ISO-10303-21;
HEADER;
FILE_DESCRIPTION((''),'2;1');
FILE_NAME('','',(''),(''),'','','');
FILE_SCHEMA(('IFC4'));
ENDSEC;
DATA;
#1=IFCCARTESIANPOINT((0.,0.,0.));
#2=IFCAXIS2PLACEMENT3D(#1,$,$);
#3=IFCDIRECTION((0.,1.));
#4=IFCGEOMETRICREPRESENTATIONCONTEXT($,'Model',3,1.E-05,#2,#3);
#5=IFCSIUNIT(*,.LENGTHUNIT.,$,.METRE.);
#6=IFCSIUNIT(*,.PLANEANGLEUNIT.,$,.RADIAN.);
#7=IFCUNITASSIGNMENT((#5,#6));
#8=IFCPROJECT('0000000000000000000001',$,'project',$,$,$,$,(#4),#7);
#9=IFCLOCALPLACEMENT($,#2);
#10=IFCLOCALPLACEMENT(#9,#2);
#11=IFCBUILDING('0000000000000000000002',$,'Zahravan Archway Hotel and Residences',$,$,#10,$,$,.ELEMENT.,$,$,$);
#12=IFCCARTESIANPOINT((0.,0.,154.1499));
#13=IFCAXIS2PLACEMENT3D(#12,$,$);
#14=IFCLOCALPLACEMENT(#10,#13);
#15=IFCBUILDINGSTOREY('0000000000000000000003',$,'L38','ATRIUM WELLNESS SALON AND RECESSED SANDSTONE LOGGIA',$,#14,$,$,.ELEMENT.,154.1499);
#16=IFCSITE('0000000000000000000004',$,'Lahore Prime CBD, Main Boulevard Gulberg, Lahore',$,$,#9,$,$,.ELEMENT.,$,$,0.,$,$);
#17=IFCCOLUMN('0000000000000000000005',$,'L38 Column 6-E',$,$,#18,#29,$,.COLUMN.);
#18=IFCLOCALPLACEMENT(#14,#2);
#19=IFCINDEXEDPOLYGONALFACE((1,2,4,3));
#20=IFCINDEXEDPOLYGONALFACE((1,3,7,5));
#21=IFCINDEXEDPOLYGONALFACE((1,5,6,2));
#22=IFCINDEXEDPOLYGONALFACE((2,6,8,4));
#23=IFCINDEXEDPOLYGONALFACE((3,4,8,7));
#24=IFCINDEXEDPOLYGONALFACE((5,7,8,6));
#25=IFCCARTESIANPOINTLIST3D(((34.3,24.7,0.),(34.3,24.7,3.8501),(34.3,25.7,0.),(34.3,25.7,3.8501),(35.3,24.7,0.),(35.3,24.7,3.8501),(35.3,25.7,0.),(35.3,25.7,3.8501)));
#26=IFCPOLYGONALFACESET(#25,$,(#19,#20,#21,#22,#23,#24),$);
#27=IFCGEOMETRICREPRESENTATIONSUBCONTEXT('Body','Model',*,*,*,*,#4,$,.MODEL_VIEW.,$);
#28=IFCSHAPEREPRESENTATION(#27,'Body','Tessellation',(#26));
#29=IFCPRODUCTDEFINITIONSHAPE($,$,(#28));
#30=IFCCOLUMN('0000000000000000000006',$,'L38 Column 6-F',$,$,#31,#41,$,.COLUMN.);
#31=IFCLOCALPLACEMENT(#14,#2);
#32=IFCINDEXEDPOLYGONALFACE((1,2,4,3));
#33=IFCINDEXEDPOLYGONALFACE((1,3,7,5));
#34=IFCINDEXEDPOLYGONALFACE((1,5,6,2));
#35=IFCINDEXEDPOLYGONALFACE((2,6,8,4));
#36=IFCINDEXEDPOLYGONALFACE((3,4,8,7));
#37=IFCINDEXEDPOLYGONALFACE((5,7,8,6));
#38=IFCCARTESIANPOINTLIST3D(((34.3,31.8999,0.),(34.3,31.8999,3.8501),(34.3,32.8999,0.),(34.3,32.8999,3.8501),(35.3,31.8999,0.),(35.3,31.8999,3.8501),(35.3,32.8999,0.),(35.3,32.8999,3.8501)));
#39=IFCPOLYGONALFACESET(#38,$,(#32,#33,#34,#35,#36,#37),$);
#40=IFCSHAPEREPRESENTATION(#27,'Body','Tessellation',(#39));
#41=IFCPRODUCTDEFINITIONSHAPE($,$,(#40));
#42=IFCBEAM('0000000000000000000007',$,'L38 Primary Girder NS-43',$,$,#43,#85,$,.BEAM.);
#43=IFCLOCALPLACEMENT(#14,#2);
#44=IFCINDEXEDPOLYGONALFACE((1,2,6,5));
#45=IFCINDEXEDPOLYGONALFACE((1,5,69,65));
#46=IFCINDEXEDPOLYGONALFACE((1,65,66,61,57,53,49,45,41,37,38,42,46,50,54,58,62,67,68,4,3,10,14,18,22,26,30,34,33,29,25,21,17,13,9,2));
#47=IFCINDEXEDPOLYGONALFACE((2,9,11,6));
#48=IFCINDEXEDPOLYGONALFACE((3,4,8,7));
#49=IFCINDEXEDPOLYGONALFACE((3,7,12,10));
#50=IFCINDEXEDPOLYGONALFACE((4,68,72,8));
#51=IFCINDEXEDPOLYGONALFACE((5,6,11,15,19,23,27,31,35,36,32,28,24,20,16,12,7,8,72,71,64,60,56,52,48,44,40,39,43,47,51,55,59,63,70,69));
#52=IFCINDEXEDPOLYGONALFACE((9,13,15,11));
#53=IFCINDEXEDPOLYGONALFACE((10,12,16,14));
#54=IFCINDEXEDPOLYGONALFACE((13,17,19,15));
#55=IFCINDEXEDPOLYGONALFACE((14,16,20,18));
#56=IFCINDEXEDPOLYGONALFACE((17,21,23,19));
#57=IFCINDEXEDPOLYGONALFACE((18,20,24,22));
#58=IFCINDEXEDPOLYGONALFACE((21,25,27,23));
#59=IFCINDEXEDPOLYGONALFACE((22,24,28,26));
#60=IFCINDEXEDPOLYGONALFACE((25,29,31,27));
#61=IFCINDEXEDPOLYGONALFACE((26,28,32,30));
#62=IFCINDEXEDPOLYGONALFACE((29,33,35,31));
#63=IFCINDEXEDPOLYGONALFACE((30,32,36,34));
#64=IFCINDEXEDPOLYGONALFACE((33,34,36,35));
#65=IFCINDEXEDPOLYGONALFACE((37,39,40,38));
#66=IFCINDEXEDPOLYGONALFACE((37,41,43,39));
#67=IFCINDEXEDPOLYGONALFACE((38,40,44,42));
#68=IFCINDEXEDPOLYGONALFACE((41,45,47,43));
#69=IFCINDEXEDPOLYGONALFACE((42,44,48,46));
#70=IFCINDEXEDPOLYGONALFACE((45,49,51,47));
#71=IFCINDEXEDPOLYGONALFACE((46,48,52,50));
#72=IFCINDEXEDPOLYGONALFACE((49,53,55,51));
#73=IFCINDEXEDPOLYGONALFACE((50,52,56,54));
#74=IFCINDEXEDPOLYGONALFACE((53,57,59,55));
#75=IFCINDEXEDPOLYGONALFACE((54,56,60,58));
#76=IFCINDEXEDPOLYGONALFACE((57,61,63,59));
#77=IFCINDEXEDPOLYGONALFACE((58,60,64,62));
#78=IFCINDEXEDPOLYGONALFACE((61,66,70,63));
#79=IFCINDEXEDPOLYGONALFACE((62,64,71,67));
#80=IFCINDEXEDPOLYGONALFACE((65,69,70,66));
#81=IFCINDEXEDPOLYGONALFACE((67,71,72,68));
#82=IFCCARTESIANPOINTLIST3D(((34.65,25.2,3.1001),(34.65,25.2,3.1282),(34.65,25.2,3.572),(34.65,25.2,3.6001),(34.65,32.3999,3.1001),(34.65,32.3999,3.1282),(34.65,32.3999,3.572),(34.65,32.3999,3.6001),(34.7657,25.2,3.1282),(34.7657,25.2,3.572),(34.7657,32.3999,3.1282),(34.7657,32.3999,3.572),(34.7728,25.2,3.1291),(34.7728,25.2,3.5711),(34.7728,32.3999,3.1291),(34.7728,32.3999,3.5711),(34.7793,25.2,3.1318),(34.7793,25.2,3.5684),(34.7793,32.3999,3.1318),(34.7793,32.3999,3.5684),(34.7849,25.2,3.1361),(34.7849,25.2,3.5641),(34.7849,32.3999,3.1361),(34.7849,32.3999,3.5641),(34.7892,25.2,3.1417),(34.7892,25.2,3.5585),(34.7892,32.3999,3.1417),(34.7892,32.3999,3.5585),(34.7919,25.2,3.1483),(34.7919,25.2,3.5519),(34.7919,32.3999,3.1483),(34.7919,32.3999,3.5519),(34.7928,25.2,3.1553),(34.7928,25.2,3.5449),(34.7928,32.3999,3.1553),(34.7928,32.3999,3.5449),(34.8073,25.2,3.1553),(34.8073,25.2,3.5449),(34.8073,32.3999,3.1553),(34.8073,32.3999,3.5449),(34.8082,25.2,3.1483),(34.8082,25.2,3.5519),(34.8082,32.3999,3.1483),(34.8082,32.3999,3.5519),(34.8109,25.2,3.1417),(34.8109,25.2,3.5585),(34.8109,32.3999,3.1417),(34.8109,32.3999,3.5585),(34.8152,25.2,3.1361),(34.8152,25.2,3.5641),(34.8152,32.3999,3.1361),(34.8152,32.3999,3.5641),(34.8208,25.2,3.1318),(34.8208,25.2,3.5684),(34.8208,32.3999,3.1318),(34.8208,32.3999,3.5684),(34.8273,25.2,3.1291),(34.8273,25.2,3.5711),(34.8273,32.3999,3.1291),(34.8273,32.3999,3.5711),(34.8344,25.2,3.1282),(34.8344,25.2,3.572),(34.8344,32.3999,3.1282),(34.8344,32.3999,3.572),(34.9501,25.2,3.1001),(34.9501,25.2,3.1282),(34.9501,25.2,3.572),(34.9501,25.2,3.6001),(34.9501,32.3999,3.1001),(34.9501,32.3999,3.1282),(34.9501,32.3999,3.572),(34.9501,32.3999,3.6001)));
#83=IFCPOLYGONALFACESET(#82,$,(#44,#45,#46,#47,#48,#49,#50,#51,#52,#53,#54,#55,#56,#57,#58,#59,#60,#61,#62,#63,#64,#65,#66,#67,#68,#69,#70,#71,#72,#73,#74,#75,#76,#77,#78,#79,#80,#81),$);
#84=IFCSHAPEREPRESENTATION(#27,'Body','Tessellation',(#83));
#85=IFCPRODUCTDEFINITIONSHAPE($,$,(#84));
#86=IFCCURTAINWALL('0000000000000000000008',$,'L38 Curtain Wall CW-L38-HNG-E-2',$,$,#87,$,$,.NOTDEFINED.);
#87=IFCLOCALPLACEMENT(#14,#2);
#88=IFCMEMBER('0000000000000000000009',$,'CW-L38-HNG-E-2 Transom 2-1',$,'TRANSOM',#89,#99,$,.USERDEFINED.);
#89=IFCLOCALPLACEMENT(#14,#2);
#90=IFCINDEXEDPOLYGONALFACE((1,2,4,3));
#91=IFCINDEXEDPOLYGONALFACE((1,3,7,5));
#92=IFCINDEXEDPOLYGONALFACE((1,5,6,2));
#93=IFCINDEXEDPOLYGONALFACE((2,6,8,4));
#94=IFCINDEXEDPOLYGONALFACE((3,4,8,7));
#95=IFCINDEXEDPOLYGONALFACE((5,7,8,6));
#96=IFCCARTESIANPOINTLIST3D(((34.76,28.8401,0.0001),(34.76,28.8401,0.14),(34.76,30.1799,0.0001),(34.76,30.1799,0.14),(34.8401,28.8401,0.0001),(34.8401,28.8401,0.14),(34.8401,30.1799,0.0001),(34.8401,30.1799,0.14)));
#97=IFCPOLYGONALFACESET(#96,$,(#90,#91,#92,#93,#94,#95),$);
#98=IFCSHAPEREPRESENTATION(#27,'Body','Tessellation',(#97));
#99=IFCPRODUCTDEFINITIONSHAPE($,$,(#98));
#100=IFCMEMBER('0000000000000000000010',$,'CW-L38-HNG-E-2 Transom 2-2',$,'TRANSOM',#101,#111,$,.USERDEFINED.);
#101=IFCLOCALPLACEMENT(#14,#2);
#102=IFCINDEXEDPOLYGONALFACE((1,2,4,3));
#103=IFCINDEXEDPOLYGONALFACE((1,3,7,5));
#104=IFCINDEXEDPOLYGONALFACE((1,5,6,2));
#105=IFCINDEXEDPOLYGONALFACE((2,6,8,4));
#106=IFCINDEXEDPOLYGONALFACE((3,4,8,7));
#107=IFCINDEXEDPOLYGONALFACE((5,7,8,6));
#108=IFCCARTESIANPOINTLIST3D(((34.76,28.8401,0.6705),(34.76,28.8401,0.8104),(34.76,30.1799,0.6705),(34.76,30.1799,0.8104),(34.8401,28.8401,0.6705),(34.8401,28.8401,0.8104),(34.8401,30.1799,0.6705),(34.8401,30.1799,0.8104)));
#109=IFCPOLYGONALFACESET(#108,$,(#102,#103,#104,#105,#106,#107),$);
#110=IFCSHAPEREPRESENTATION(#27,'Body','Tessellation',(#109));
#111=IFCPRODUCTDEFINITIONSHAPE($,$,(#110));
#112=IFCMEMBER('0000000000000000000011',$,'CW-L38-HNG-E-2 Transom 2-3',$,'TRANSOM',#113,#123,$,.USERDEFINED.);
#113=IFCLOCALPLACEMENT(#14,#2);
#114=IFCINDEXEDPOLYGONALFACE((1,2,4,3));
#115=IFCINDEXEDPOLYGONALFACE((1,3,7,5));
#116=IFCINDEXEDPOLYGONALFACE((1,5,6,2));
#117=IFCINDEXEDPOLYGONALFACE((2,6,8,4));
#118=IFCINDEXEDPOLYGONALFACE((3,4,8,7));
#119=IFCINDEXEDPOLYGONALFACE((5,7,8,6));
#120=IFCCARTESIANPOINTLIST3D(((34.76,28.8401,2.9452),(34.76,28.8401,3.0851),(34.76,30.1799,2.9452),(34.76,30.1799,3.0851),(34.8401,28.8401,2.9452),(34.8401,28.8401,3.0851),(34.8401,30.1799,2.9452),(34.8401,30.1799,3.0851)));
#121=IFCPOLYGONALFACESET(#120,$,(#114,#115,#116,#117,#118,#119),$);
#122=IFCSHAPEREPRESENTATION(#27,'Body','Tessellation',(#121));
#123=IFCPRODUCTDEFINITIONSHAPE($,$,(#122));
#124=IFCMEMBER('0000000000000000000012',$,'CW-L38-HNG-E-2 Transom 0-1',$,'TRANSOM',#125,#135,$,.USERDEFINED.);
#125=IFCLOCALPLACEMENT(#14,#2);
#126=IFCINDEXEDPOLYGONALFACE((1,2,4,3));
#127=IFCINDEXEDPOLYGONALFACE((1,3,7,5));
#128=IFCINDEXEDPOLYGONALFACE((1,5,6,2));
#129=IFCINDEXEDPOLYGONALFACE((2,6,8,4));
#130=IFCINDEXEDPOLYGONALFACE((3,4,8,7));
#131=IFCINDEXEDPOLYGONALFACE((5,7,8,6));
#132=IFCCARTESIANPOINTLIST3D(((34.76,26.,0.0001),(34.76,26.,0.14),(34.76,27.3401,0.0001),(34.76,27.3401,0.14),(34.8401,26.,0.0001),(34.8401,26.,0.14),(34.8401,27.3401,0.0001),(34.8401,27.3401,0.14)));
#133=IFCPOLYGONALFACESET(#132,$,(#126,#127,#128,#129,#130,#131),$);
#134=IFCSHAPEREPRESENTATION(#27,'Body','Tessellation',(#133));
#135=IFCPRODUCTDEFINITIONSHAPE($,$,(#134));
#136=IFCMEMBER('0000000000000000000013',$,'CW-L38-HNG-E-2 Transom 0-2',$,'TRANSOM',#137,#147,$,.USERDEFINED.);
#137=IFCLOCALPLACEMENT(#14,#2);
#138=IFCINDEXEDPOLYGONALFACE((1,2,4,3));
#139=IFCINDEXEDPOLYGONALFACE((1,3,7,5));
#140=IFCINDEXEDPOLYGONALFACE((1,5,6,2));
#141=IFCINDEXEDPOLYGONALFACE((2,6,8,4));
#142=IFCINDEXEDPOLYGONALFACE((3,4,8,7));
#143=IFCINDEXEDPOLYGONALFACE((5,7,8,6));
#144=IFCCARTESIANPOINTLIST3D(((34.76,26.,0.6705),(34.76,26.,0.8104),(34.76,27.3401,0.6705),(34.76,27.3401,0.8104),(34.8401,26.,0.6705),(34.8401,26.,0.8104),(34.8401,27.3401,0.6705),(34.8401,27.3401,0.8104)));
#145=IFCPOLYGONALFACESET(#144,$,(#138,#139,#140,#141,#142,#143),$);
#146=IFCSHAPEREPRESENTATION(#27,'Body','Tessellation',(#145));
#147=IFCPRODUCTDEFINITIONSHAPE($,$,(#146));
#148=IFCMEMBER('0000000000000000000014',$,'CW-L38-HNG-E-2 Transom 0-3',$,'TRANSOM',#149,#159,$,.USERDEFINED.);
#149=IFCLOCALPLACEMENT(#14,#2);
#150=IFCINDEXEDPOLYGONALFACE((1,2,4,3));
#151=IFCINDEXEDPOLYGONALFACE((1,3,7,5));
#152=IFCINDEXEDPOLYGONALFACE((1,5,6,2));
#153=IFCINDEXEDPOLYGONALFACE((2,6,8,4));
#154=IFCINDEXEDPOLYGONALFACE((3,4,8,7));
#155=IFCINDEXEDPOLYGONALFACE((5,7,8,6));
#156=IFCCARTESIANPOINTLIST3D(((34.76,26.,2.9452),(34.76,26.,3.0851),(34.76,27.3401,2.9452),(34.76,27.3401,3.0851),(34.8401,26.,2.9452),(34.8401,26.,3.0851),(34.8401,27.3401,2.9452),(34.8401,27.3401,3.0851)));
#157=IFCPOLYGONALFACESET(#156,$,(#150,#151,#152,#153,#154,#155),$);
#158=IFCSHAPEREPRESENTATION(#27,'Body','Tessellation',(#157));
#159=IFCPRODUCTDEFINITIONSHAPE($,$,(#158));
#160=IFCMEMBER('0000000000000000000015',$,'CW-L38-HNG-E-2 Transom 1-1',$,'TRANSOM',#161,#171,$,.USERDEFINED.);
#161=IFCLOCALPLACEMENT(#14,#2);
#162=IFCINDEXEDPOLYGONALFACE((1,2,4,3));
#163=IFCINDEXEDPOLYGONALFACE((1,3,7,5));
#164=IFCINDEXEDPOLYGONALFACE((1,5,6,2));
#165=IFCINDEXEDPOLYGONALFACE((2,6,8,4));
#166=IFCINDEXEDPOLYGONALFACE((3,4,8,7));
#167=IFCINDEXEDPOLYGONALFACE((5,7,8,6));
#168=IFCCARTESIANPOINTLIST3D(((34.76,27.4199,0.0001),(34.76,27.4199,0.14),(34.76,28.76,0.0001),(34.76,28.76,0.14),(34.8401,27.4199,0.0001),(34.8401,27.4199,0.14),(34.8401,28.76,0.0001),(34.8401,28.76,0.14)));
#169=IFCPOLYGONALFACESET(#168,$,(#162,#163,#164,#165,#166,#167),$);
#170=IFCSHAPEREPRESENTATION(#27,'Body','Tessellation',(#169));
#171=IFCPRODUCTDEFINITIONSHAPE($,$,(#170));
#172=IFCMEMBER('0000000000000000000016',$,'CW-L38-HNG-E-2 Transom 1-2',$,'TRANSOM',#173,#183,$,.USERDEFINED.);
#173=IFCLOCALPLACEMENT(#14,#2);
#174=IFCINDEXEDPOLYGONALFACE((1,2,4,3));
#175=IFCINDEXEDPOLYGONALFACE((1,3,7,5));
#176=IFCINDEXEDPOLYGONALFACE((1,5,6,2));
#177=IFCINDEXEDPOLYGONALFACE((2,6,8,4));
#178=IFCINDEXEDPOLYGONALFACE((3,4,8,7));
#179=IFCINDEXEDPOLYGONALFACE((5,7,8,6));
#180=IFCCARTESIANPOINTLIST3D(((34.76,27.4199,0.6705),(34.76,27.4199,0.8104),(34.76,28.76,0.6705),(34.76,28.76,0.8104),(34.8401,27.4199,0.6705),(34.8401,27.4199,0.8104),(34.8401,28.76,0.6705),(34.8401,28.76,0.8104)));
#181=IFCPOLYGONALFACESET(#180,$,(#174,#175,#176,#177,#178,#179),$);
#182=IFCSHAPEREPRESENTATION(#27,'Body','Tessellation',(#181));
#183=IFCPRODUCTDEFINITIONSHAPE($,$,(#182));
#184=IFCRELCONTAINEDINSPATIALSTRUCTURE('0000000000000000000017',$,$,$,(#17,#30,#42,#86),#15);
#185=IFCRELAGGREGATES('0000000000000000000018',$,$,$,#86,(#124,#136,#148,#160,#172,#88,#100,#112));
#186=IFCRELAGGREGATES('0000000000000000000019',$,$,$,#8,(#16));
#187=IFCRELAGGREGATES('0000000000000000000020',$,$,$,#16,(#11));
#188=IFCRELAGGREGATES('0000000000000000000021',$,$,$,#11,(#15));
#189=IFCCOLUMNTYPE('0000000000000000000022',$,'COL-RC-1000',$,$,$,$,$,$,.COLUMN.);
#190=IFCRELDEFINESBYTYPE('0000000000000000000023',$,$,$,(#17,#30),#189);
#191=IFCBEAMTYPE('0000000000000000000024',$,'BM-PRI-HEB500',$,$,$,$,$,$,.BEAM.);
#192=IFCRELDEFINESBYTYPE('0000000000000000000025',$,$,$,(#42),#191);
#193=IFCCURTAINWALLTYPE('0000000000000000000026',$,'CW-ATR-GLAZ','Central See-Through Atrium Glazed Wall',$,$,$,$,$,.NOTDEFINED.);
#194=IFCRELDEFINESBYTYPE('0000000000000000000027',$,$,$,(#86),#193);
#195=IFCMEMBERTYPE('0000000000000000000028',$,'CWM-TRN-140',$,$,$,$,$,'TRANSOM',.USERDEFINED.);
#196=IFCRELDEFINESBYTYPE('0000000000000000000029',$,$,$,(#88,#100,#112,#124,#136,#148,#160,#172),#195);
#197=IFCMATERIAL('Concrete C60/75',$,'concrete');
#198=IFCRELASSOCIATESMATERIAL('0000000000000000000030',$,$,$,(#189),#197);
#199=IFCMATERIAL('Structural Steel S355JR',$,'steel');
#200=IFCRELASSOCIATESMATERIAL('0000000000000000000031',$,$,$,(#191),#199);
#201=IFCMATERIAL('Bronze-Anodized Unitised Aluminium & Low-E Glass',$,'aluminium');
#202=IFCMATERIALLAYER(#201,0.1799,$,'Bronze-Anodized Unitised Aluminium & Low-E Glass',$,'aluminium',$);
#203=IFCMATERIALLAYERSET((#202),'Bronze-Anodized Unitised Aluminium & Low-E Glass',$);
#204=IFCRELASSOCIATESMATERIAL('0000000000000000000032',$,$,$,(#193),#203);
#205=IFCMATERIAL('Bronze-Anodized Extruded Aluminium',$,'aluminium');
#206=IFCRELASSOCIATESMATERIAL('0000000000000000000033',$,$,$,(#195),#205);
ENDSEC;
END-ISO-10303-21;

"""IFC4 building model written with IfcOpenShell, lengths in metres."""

from ifc_helpers import new_model, si_unit, direction, frame, origin, origin_2d, place, context, subcontext, project, spatial, rectangle, i_section, extrude, source, transform, mapped, material, layer, layer_set, material_profile, profile_set, type_object, element, aggregate, save


model = new_model("IFC4")

# Units and contexts
model_context = context("Model", 3, precision=1e-05, world=origin(), true_north=direction((0.0, 1.0)))
body_context = subcontext(model_context, "Body", "Model", "MODEL_VIEW")
ifc_project = project(units=[si_unit("LENGTHUNIT", "METRE"), si_unit("PLANEANGLEUNIT", "RADIAN")], contexts=[model_context])

# Site, building, storey
site_placement = place(None, origin())
site = spatial("IfcSite", under=ifc_project, at=site_placement, Name="Lahore Prime CBD, Main Boulevard Gulberg, Lahore", CompositionType="ELEMENT", RefElevation=0.0)
building_placement = place(site_placement, origin())
building = spatial("IfcBuilding", under=site, at=building_placement, Name="Zahravan Archway Hotel and Residences", CompositionType="ELEMENT")
storey_placement = place(building_placement, frame((0.0, 0.0, 154.1499)))
storey = spatial("IfcBuildingStorey", under=building, at=storey_placement, Name="L38", Description="ATRIUM WELLNESS SALON AND RECESSED SANDSTONE LOGGIA", CompositionType="ELEMENT", Elevation=154.1499)

# Columns
ifc_material_1 = material(Name="Concrete C60/75", Category="concrete")
ifc_material_profile_1 = material_profile(ifc_material_1, rectangle(XDim=1.0, YDim=1.0, at=origin_2d()), Name="RC-COL-1000x1000", Category="concrete")
ifc_profile_set_1 = profile_set([ifc_material_profile_1], Name="Concrete C60/75")
column_type = type_object("IfcColumnType", Name="COL-RC-1000", PredefinedType="COLUMN", material=ifc_profile_set_1)
shared_shape_1 = source(origin(), body_context, "Body", "SweptSolid", [
    extrude(rectangle(XDim=1.0, YDim=1.0, at=origin_2d()), origin(), (0.0, 0.0, 1.0), 3.8501),
])
for number, where, z_axis, x_axis, name in (
    (1, (34.8, 25.2, 0.0), (0.0, 0.0, 1.0), (1.0, 0.0, 0.0), "L38 Column 6-E"),
    (2, (34.8, 32.3999, 0.0), (0.0, 0.0, 1.0), (1.0, 0.0, 0.0), "L38 Column 6-F"),
):
    element("IfcColumn", number, at=place(storey_placement, frame(where, z_axis=z_axis, x_axis=x_axis)), inside=storey, type_object=column_type, Name=name, PredefinedType="COLUMN", context=body_context, shape_type="MappedRepresentation", body=[
        mapped(shared_shape_1, transform((0.0, 0.0, 0.0), scale=1.0)),
    ])

# Beam
ifc_material_2 = material(Name="Structural Steel S355JR", Category="steel")
ifc_material_profile_2 = material_profile(ifc_material_2, i_section(OverallWidth=0.3, OverallDepth=0.5, WebThickness=0.0144, FlangeThickness=0.0281, FilletRadius=0.0271, at=origin_2d()), Name="HEB 500", Category="steel")
ifc_profile_set_2 = profile_set([ifc_material_profile_2], Name="Structural Steel S355JR")
beam_type = type_object("IfcBeamType", Name="BM-PRI-HEB500", PredefinedType="BEAM", material=ifc_profile_set_2)
shared_shape_2 = source(origin(), body_context, "Body", "SweptSolid", [
    extrude(i_section(OverallWidth=0.3, OverallDepth=0.5, WebThickness=0.0144, FlangeThickness=0.0281, FilletRadius=0.0271, at=origin_2d()), origin(), (0.0, 0.0, 1.0), 7.2),
])
beam_placement = place(storey_placement, frame((34.8, 25.2, 3.3501), z_axis=(0.0, 1.0, 0.0), x_axis=(-1.0, 0.0, 0.0)))
element("IfcBeam", 3, at=beam_placement, inside=storey, type_object=beam_type, Name="L38 Primary Girder NS-43", PredefinedType="BEAM", context=body_context, shape_type="MappedRepresentation", body=[
    mapped(shared_shape_2, transform((0.0, 0.0, 0.0), scale=1.0)),
])

# Curtain wall, members
ifc_material_3 = material(Name="Bronze-Anodized Unitised Aluminium & Low-E Glass", Category="aluminium")
ifc_layer_1 = layer(ifc_material_3, 0.1799, Name="Bronze-Anodized Unitised Aluminium & Low-E Glass", Category="aluminium")
ifc_layer_set_1 = layer_set([ifc_layer_1], Name="Bronze-Anodized Unitised Aluminium & Low-E Glass")
curtain_wall_type = type_object("IfcCurtainWallType", Name="CW-ATR-GLAZ", Description="Central See-Through Atrium Glazed Wall", PredefinedType="NOTDEFINED", material=ifc_layer_set_1)
curtain_wall_placement = place(storey_placement, origin())
curtain_wall = element("IfcCurtainWall", 4, at=curtain_wall_placement, inside=storey, type_object=curtain_wall_type, Name="L38 Curtain Wall CW-L38-HNG-E-2", PredefinedType="NOTDEFINED")
ifc_material_4 = material(Name="Bronze-Anodized Extruded Aluminium", Category="aluminium")
ifc_material_profile_3 = material_profile(ifc_material_4, rectangle(XDim=0.0801, YDim=0.1399, at=origin_2d()), Name="TRN 80x140", Category="aluminium")
ifc_profile_set_3 = profile_set([ifc_material_profile_3], Name="Bronze-Anodized Extruded Aluminium")
member_type_1 = type_object("IfcMemberType", Name="CWM-TRN-140", ElementType="TRANSOM", PredefinedType="USERDEFINED", material=ifc_profile_set_3)
shared_shape_3 = source(origin(), body_context, "Body", "SweptSolid", [
    extrude(rectangle(XDim=0.0801, YDim=0.1399, at=origin_2d()), origin(), (0.0, 0.0, 1.0), 1.3398),
])
member_1_placement = place(storey_placement, frame((34.8, 28.8401, 0.0701), z_axis=(0.0, 1.0, 0.0), x_axis=(-1.0, 0.0, 0.0)))
member_1 = element("IfcMember", 5, at=member_1_placement, type_object=member_type_1, Name="CW-L38-HNG-E-2 Transom 2-1", ObjectType="TRANSOM", PredefinedType="USERDEFINED", context=body_context, shape_type="MappedRepresentation", body=[
    mapped(shared_shape_3, transform((0.0, 0.0, 0.0), scale=1.0)),
])
member_2_placement = place(storey_placement, frame((34.8, 28.8401, 0.7405), z_axis=(0.0, 1.0, 0.0), x_axis=(-1.0, 0.0, 0.0)))
member_2 = element("IfcMember", 6, at=member_2_placement, type_object=member_type_1, Name="CW-L38-HNG-E-2 Transom 2-2", ObjectType="TRANSOM", PredefinedType="USERDEFINED", context=body_context, shape_type="MappedRepresentation", body=[
    mapped(shared_shape_3, transform((0.0, 0.0, 0.0), scale=1.0)),
])
member_3_placement = place(storey_placement, frame((34.8, 28.8401, 3.0151), z_axis=(0.0, 1.0, 0.0), x_axis=(-1.0, 0.0, 0.0)))
member_3 = element("IfcMember", 7, at=member_3_placement, type_object=member_type_1, Name="CW-L38-HNG-E-2 Transom 2-3", ObjectType="TRANSOM", PredefinedType="USERDEFINED", context=body_context, shape_type="MappedRepresentation", body=[
    mapped(shared_shape_3, transform((0.0, 0.0, 0.0), scale=1.0)),
])
shared_shape_4 = source(origin(), body_context, "Body", "SweptSolid", [
    extrude(rectangle(XDim=0.0801, YDim=0.1399, at=origin_2d()), origin(), (0.0, 0.0, 1.0), 1.3401),
])
member_4_placement = place(storey_placement, frame((34.8, 26.0, 0.0701), z_axis=(0.0, 1.0, 0.0), x_axis=(-1.0, 0.0, 0.0)))
member_4 = element("IfcMember", 8, at=member_4_placement, type_object=member_type_1, Name="CW-L38-HNG-E-2 Transom 0-1", ObjectType="TRANSOM", PredefinedType="USERDEFINED", context=body_context, shape_type="MappedRepresentation", body=[
    mapped(shared_shape_4, transform((0.0, 0.0, 0.0), scale=1.0)),
])
member_5_placement = place(storey_placement, frame((34.8, 26.0, 0.7405), z_axis=(0.0, 1.0, 0.0), x_axis=(-1.0, 0.0, 0.0)))
member_5 = element("IfcMember", 9, at=member_5_placement, type_object=member_type_1, Name="CW-L38-HNG-E-2 Transom 0-2", ObjectType="TRANSOM", PredefinedType="USERDEFINED", context=body_context, shape_type="MappedRepresentation", body=[
    mapped(shared_shape_4, transform((0.0, 0.0, 0.0), scale=1.0)),
])
member_6_placement = place(storey_placement, frame((34.8, 26.0, 3.0151), z_axis=(0.0, 1.0, 0.0), x_axis=(-1.0, 0.0, 0.0)))
member_6 = element("IfcMember", 10, at=member_6_placement, type_object=member_type_1, Name="CW-L38-HNG-E-2 Transom 0-3", ObjectType="TRANSOM", PredefinedType="USERDEFINED", context=body_context, shape_type="MappedRepresentation", body=[
    mapped(shared_shape_4, transform((0.0, 0.0, 0.0), scale=1.0)),
])
member_7_placement = place(storey_placement, frame((34.8, 27.4199, 0.0701), z_axis=(0.0, 1.0, 0.0), x_axis=(-1.0, 0.0, 0.0)))
member_7 = element("IfcMember", 11, at=member_7_placement, type_object=member_type_1, Name="CW-L38-HNG-E-2 Transom 1-1", ObjectType="TRANSOM", PredefinedType="USERDEFINED", context=body_context, shape_type="MappedRepresentation", body=[
    mapped(shared_shape_4, transform((0.0, 0.0, 0.0), scale=1.0)),
])
member_8_placement = place(storey_placement, frame((34.8, 27.4199, 0.7405), z_axis=(0.0, 1.0, 0.0), x_axis=(-1.0, 0.0, 0.0)))
member_8 = element("IfcMember", 12, at=member_8_placement, type_object=member_type_1, Name="CW-L38-HNG-E-2 Transom 1-2", ObjectType="TRANSOM", PredefinedType="USERDEFINED", context=body_context, shape_type="MappedRepresentation", body=[
    mapped(shared_shape_4, transform((0.0, 0.0, 0.0), scale=1.0)),
])
aggregate(curtain_wall, [member_4, member_5, member_6, member_7, member_8, member_1, member_2, member_3])

save(model, "model.ifc")
